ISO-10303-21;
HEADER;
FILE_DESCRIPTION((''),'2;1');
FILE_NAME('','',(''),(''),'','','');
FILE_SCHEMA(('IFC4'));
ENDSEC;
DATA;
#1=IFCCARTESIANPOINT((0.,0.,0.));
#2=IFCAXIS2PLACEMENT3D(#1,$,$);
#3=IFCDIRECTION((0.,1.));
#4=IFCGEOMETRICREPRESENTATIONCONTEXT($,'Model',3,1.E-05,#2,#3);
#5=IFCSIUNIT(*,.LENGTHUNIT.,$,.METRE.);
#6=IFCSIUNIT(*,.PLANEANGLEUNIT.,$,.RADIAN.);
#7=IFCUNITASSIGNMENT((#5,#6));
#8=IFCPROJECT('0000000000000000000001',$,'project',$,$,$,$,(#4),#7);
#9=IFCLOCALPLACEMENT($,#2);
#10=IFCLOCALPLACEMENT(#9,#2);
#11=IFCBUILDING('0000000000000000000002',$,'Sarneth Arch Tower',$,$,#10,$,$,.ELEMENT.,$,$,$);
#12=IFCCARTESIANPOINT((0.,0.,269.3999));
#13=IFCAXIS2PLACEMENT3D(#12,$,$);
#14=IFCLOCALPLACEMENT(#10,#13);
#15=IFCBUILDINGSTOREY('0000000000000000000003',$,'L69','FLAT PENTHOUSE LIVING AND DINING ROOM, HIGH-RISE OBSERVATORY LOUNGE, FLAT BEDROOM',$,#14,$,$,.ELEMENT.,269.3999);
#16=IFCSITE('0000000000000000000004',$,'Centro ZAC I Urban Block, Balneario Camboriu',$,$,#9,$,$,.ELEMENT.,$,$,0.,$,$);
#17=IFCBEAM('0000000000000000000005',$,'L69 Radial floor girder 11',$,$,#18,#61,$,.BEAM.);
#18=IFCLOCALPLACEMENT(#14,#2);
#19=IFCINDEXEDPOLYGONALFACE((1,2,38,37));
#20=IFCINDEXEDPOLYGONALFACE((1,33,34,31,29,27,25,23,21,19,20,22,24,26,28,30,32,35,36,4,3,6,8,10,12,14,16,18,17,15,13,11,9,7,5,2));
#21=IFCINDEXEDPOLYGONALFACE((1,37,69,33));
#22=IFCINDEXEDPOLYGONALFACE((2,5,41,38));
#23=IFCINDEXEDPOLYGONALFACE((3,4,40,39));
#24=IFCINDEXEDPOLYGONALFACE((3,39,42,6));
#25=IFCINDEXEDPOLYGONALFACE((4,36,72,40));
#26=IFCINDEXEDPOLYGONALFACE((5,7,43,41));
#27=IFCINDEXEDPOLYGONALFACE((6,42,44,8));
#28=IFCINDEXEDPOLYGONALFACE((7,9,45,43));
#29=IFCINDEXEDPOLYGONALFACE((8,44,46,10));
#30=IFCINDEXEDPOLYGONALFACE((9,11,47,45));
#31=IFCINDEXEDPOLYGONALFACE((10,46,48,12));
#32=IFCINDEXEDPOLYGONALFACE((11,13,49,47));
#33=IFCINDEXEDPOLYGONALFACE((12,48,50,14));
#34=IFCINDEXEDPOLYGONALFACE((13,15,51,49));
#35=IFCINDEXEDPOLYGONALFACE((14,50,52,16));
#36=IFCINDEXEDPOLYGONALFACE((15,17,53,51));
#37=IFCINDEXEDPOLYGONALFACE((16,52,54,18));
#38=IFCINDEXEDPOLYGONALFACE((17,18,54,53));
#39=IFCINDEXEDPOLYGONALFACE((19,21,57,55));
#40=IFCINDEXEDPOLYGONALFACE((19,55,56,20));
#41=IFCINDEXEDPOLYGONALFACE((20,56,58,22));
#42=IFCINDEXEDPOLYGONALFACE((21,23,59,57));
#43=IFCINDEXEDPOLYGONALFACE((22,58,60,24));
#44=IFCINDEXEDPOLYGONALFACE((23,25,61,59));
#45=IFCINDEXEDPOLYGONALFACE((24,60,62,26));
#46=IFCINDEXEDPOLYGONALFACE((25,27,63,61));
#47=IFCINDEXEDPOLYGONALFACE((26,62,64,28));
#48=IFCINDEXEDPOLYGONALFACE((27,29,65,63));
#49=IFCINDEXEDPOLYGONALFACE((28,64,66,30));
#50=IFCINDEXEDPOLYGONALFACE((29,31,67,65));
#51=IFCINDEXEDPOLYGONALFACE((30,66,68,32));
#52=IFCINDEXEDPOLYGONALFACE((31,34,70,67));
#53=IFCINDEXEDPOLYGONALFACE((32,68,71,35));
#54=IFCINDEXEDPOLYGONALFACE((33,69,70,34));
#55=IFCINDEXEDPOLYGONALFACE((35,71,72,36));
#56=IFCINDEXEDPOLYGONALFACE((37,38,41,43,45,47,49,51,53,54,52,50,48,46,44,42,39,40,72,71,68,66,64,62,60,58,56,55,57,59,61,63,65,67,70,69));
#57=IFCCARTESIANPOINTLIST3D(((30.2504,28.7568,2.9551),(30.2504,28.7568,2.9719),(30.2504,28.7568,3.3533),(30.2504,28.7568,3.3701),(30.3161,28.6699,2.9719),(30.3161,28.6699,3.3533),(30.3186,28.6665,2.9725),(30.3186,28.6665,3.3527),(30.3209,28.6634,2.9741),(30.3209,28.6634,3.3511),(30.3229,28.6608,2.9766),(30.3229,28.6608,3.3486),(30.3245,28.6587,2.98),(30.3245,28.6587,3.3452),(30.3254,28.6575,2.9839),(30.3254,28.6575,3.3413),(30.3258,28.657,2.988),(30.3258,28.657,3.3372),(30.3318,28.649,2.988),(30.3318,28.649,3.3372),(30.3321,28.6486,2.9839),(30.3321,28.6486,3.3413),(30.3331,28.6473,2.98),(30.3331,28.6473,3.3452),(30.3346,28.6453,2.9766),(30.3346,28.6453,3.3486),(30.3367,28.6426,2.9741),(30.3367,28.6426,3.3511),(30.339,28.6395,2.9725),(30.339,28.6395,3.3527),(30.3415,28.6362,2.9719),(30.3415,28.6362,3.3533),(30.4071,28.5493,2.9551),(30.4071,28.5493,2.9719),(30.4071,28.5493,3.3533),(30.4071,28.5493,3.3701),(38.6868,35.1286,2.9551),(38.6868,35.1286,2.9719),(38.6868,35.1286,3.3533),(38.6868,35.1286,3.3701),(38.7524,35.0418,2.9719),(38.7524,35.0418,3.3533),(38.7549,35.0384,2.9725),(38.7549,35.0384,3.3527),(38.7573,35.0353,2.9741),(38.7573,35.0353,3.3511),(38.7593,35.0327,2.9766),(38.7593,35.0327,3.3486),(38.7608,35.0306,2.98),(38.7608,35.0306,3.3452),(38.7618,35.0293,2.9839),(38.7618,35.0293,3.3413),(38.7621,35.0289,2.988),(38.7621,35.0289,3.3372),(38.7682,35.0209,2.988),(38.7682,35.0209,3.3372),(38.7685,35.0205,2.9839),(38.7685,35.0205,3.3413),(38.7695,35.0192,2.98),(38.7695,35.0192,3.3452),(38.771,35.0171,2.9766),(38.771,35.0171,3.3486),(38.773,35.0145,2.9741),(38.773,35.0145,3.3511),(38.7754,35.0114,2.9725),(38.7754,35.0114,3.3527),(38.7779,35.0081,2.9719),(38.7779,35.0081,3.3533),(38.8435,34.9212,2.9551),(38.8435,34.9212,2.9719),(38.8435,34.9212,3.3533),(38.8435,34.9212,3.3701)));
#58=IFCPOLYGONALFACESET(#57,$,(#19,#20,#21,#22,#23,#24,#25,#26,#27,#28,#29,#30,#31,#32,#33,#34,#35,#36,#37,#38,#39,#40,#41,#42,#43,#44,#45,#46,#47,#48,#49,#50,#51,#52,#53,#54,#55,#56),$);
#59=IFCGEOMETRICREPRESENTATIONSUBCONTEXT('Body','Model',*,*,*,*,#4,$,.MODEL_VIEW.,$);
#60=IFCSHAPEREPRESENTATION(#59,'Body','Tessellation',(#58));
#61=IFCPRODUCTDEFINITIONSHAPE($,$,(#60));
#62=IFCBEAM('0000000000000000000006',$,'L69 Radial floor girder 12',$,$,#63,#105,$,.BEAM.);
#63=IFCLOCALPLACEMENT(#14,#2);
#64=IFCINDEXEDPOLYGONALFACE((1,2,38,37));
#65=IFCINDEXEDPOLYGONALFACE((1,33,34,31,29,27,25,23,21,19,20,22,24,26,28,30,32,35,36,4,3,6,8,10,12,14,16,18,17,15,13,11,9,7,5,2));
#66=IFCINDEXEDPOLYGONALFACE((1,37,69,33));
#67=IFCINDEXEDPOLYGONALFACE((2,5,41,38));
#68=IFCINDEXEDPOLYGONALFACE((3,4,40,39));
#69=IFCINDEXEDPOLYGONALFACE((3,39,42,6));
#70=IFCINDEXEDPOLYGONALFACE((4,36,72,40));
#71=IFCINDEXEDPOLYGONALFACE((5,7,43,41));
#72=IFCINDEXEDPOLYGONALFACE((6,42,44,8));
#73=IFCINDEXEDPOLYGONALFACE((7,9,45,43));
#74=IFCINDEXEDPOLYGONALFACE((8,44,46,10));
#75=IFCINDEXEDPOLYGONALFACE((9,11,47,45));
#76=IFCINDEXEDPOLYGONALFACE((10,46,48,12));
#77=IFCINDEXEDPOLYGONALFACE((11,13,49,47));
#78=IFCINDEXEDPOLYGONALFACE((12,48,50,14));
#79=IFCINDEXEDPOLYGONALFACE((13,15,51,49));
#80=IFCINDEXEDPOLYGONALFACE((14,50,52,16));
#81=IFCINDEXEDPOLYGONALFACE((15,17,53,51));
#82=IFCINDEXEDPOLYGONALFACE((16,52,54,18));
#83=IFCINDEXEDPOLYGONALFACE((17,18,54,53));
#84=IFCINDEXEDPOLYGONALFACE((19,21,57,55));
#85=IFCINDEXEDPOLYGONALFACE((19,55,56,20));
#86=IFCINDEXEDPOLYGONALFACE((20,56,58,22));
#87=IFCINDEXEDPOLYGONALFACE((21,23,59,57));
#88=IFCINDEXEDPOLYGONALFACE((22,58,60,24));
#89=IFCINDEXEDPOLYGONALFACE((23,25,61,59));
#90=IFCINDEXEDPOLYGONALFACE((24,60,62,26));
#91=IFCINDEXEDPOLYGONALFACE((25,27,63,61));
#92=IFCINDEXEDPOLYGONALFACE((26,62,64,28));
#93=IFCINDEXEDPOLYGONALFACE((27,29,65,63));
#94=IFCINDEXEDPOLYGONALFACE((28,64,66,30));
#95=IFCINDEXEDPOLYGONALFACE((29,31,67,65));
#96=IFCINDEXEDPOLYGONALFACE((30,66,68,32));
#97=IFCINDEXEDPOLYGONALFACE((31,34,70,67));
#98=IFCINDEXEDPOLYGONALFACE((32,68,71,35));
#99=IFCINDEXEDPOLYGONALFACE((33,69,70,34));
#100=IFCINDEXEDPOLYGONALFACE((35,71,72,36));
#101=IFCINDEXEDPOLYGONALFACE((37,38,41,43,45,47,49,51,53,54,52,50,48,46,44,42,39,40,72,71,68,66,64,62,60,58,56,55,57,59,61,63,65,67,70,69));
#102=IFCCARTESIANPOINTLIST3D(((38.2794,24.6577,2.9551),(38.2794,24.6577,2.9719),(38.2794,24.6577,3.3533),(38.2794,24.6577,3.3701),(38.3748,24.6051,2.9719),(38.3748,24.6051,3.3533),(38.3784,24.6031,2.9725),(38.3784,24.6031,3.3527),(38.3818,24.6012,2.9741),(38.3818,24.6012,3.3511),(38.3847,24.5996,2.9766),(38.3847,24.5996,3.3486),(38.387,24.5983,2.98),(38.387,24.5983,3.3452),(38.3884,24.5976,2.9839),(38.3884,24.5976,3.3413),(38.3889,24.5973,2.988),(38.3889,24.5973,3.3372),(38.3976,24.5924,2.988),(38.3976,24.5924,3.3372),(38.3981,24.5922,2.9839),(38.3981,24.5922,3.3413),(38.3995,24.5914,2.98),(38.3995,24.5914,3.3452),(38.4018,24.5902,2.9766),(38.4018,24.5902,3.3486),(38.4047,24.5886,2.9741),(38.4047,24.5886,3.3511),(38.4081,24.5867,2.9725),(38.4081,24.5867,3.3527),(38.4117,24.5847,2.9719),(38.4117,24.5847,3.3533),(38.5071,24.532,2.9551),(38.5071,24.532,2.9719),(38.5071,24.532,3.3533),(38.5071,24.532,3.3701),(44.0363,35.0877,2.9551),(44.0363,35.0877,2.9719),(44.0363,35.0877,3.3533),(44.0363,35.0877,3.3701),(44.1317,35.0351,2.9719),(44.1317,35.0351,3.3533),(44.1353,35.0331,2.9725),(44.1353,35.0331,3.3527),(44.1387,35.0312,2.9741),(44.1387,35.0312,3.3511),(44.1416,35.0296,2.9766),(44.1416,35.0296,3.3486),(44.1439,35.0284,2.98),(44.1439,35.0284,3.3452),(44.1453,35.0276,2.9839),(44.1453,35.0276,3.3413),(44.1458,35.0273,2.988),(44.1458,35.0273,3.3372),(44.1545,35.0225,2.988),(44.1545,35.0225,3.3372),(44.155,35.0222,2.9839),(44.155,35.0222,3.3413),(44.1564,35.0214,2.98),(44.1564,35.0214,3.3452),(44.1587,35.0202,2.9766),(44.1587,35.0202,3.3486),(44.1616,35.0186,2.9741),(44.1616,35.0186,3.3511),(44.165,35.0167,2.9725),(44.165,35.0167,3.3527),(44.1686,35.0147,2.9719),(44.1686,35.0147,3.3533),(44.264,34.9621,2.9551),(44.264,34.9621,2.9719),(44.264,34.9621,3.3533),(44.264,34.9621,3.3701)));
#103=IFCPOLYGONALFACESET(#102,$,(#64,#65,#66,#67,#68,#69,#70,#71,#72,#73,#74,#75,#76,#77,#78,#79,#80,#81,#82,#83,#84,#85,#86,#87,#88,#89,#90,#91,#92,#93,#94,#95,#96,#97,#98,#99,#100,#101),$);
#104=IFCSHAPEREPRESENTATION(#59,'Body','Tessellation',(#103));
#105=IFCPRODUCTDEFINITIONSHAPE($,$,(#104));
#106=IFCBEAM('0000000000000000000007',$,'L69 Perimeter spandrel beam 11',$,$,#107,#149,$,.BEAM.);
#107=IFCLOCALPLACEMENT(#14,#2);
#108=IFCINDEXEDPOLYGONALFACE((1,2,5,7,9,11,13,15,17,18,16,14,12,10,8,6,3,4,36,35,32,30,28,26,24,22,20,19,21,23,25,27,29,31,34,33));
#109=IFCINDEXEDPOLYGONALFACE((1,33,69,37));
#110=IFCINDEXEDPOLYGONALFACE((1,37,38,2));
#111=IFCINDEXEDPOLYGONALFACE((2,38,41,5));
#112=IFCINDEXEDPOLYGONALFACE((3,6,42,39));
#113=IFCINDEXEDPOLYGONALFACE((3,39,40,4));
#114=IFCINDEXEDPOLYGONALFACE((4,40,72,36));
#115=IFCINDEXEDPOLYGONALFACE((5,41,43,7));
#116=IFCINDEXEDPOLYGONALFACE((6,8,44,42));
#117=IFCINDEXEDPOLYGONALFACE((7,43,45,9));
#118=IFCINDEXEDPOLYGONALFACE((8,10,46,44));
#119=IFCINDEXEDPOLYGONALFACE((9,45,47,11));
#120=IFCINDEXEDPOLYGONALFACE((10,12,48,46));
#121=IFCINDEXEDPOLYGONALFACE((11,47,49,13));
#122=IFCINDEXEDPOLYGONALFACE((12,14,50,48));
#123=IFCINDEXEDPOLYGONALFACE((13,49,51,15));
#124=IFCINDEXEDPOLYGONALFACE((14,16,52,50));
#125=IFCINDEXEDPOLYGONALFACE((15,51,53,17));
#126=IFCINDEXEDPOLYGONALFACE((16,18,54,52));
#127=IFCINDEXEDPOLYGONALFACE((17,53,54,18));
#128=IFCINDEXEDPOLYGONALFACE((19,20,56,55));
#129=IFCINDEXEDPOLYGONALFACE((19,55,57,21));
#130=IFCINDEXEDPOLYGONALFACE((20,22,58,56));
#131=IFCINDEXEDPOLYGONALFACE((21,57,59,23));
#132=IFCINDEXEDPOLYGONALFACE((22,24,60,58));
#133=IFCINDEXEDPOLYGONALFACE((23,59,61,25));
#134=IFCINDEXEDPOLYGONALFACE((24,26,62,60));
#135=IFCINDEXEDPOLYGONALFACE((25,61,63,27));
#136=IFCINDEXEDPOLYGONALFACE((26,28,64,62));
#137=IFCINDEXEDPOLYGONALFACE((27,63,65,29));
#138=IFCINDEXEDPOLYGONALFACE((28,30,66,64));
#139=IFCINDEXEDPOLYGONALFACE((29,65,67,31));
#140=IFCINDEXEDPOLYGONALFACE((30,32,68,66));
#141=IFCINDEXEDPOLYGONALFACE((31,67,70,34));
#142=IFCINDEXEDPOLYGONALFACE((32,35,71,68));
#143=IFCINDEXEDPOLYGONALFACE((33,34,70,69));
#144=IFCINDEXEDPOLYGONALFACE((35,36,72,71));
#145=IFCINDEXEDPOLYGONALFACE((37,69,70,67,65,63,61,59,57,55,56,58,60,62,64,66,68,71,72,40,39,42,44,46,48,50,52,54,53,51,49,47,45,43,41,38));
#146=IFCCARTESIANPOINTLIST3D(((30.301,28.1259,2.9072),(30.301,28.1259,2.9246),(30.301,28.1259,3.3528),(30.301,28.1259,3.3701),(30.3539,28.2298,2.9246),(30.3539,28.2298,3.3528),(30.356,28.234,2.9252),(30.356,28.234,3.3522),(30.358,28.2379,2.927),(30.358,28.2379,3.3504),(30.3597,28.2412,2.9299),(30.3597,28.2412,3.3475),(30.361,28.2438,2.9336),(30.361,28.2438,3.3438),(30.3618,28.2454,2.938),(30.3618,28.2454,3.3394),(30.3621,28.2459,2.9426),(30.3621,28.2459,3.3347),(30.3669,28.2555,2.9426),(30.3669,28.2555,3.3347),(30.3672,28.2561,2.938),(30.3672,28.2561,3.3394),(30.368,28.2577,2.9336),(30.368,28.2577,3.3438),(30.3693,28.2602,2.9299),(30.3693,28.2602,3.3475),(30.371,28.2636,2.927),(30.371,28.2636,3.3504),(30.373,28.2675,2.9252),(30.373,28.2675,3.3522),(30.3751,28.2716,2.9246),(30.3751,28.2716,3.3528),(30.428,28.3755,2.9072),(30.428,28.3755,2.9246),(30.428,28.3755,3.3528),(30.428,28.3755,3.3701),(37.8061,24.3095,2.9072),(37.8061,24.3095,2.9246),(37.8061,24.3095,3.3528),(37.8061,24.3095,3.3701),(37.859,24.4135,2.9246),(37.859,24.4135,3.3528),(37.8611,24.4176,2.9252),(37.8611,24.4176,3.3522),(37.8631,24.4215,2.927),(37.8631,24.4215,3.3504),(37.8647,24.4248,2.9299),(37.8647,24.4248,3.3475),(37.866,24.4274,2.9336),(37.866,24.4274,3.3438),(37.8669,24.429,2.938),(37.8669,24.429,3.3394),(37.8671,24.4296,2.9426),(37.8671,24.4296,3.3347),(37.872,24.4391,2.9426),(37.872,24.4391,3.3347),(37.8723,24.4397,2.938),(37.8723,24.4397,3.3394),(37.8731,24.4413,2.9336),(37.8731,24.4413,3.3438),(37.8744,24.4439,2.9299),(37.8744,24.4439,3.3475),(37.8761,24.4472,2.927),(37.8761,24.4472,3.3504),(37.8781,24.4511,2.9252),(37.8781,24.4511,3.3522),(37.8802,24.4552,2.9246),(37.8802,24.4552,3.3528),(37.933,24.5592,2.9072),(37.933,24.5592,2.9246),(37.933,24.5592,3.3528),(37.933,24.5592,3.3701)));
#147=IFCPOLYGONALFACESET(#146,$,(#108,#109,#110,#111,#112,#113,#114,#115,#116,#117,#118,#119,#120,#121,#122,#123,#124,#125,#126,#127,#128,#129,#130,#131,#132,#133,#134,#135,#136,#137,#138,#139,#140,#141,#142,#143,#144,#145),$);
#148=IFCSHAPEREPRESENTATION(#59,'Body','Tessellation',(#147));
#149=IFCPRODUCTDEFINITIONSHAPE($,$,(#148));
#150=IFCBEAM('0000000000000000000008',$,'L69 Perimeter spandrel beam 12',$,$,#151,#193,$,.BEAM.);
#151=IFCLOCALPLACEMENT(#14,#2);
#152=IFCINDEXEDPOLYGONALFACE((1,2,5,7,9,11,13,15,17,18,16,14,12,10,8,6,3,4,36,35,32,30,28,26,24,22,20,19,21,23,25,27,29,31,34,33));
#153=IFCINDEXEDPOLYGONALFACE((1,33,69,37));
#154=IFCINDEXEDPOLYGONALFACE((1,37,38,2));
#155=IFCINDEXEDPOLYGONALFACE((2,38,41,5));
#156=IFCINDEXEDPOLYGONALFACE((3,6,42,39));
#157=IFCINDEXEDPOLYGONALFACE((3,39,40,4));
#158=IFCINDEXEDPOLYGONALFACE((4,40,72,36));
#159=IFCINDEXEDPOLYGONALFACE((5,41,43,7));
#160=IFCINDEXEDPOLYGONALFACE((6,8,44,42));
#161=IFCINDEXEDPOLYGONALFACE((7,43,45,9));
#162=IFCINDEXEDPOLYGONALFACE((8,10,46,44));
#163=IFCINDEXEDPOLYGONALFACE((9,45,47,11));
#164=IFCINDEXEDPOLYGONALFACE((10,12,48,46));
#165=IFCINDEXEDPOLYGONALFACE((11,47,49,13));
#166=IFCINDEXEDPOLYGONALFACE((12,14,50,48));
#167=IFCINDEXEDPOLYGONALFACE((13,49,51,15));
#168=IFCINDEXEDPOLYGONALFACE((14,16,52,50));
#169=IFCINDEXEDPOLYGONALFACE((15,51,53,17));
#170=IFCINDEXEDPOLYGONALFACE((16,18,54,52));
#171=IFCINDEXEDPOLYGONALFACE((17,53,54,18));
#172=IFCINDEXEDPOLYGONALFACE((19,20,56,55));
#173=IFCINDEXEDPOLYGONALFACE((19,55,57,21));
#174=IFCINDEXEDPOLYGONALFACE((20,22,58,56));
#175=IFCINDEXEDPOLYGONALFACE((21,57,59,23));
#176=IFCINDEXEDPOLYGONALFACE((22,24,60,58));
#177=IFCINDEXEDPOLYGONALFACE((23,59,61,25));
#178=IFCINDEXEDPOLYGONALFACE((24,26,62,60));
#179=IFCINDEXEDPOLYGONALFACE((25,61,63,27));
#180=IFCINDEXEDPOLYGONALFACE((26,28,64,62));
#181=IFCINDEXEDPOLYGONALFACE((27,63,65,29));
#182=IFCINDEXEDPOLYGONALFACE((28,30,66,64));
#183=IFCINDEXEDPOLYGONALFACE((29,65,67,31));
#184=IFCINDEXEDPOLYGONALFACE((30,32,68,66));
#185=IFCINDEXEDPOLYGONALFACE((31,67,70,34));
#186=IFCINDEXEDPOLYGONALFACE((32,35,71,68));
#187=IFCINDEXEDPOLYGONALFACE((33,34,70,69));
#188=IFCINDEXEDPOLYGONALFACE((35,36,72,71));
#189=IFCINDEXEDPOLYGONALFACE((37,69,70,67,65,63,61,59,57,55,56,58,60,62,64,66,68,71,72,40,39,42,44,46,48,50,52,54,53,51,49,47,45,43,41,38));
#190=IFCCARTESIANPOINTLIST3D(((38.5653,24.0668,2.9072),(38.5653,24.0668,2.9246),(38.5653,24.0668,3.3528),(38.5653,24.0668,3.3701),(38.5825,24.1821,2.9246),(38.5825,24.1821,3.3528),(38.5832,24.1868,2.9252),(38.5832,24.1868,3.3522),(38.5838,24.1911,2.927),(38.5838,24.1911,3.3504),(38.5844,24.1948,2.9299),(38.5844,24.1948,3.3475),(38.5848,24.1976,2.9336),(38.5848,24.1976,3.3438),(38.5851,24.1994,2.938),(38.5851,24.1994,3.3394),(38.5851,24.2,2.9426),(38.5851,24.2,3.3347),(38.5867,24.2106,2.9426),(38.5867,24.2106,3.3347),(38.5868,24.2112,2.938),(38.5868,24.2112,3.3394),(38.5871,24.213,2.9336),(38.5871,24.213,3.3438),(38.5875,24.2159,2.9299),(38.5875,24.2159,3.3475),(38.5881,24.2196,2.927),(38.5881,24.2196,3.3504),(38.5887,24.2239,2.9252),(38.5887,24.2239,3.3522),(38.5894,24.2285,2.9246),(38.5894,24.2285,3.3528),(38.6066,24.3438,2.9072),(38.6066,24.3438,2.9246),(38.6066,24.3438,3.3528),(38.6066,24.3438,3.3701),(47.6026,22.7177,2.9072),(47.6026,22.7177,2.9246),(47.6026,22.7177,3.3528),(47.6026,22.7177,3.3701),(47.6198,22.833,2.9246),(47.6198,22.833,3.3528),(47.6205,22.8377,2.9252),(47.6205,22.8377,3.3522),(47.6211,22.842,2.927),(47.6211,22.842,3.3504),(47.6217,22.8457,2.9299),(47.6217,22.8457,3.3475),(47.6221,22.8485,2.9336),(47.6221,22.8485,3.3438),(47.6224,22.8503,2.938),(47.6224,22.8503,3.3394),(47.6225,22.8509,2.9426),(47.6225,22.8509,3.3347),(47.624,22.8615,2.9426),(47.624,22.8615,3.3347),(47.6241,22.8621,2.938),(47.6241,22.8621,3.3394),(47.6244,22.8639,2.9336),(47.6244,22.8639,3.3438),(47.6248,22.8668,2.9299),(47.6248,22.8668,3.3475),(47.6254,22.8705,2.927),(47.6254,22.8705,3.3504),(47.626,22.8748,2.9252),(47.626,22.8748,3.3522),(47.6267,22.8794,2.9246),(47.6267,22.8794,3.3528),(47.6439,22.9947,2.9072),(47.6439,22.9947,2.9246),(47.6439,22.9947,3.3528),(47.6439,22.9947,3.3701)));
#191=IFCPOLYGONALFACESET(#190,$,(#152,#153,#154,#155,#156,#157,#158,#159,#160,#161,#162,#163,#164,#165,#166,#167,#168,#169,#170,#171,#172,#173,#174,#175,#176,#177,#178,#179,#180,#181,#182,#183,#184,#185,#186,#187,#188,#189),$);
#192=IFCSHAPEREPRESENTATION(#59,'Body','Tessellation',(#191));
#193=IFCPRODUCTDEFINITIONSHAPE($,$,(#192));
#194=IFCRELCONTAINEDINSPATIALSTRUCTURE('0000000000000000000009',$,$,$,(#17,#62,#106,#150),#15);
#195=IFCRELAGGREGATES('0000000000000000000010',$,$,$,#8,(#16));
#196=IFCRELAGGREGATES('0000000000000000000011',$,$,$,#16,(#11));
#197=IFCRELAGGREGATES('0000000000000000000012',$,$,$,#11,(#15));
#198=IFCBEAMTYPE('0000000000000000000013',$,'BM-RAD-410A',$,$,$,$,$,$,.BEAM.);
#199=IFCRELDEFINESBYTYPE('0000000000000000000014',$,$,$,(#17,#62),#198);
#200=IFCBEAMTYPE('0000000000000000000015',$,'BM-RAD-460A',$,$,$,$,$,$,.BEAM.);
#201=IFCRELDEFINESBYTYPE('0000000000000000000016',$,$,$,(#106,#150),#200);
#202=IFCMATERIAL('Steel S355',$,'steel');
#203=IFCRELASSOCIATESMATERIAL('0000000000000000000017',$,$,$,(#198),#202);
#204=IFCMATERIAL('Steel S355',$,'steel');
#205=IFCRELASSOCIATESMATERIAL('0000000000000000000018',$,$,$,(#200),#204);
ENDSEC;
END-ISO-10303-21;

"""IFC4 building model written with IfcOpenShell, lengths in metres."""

from ifc_helpers import new_model, si_unit, direction, frame, origin, origin_2d, place, context, subcontext, project, spatial, i_section, extrude, material, material_profile, profile_set, type_object, element, save


model = new_model("IFC4")

# Units and contexts
model_context = context("Model", 3, precision=1e-05, world=origin(), true_north=direction((0.0, 1.0)))
body_context = subcontext(model_context, "Body", "Model", "MODEL_VIEW")
ifc_project = project(units=[si_unit("LENGTHUNIT", "METRE"), si_unit("PLANEANGLEUNIT", "RADIAN")], contexts=[model_context])

# Site, building, storey
site_placement = place(None, origin())
site = spatial("IfcSite", under=ifc_project, at=site_placement, Name="Centro ZAC I Urban Block, Balneario Camboriu", CompositionType="ELEMENT", RefElevation=0.0)
building_placement = place(site_placement, origin())
building = spatial("IfcBuilding", under=site, at=building_placement, Name="Sarneth Arch Tower", CompositionType="ELEMENT")
storey_placement = place(building_placement, frame((0.0, 0.0, 269.3999)))
storey = spatial("IfcBuildingStorey", under=building, at=storey_placement, Name="L69", Description="FLAT PENTHOUSE LIVING AND DINING ROOM, HIGH-RISE OBSERVATORY LOUNGE, FLAT BEDROOM", CompositionType="ELEMENT", Elevation=269.3999)

# Beams
ifc_material_1 = material(Name="Steel S355", Category="steel")
ifc_material_profile_1 = material_profile(ifc_material_1, i_section(OverallWidth=0.26, OverallDepth=0.415, WebThickness=0.01, FlangeThickness=0.0168, FilletRadius=0.0161, at=origin_2d()), Name="W410x100")
ifc_profile_set_1 = profile_set([ifc_material_profile_1], Name="Steel S355")
beam_type_1 = type_object("IfcBeamType", Name="BM-RAD-410A", PredefinedType="BEAM", material=ifc_profile_set_1)
beam_1_placement = place(storey_placement, frame((38.7651, 35.0249, 3.1626), z_axis=(-0.79797, -0.602698, 0.0), x_axis=(0.602698, -0.79797, 0.0)))
element("IfcBeam", 1, at=beam_1_placement, inside=storey, type_object=beam_type_1, Name="L69 Radial floor girder 11", PredefinedType="BEAM", context=body_context, shape_type="SweptSolid", body=[
    extrude(i_section(OverallWidth=0.26, OverallDepth=0.415, WebThickness=0.01, FlangeThickness=0.0168, FilletRadius=0.0161, at=origin_2d()), origin(), (0.0, 0.0, 1.0), 10.5723),
])
beam_2_placement = place(storey_placement, frame((44.1501, 35.0249, 3.1626), z_axis=(-0.483231, -0.875493, 0.0), x_axis=(0.875493, -0.483231, 0.0)))
element("IfcBeam", 2, at=beam_2_placement, inside=storey, type_object=beam_type_1, Name="L69 Radial floor girder 12", PredefinedType="BEAM", context=body_context, shape_type="SweptSolid", body=[
    extrude(i_section(OverallWidth=0.26, OverallDepth=0.415, WebThickness=0.01, FlangeThickness=0.0168, FilletRadius=0.0161, at=origin_2d()), origin(), (0.0, 0.0, 1.0), 11.9133),
])
ifc_material_2 = material(Name="Steel S355", Category="steel")
ifc_material_profile_2 = material_profile(ifc_material_2, i_section(OverallWidth=0.28, OverallDepth=0.4629, WebThickness=0.0107, FlangeThickness=0.0173, FilletRadius=0.0181, at=origin_2d()), Name="W460x113")
ifc_profile_set_2 = profile_set([ifc_material_profile_2], Name="Steel S355")
beam_type_2 = type_object("IfcBeamType", Name="BM-RAD-460A", PredefinedType="BEAM", material=ifc_profile_set_2)
beam_3_placement = place(storey_placement, frame((30.3645, 28.2507, 3.1387), z_axis=(0.891374, -0.453269, 0.0), x_axis=(0.453269, 0.891374, 0.0)))
element("IfcBeam", 3, at=beam_3_placement, inside=storey, type_object=beam_type_2, Name="L69 Perimeter spandrel beam 11", PredefinedType="BEAM", context=body_context, shape_type="SweptSolid", body=[
    extrude(i_section(OverallWidth=0.28, OverallDepth=0.4629, WebThickness=0.0107, FlangeThickness=0.0173, FilletRadius=0.0181, at=origin_2d()), origin(), (0.0, 0.0, 1.0), 8.4197),
])
beam_4_placement = place(storey_placement, frame((38.5859, 24.2053, 3.1387), z_axis=(0.98904, -0.147647, 0.0), x_axis=(0.147647, 0.98904, 0.0)))
element("IfcBeam", 4, at=beam_4_placement, inside=storey, type_object=beam_type_2, Name="L69 Perimeter spandrel beam 12", PredefinedType="BEAM", context=body_context, shape_type="SweptSolid", body=[
    extrude(i_section(OverallWidth=0.28, OverallDepth=0.4629, WebThickness=0.0107, FlangeThickness=0.0173, FilletRadius=0.0181, at=origin_2d()), origin(), (0.0, 0.0, 1.0), 9.1375),
])

save(model, "model.ifc")
